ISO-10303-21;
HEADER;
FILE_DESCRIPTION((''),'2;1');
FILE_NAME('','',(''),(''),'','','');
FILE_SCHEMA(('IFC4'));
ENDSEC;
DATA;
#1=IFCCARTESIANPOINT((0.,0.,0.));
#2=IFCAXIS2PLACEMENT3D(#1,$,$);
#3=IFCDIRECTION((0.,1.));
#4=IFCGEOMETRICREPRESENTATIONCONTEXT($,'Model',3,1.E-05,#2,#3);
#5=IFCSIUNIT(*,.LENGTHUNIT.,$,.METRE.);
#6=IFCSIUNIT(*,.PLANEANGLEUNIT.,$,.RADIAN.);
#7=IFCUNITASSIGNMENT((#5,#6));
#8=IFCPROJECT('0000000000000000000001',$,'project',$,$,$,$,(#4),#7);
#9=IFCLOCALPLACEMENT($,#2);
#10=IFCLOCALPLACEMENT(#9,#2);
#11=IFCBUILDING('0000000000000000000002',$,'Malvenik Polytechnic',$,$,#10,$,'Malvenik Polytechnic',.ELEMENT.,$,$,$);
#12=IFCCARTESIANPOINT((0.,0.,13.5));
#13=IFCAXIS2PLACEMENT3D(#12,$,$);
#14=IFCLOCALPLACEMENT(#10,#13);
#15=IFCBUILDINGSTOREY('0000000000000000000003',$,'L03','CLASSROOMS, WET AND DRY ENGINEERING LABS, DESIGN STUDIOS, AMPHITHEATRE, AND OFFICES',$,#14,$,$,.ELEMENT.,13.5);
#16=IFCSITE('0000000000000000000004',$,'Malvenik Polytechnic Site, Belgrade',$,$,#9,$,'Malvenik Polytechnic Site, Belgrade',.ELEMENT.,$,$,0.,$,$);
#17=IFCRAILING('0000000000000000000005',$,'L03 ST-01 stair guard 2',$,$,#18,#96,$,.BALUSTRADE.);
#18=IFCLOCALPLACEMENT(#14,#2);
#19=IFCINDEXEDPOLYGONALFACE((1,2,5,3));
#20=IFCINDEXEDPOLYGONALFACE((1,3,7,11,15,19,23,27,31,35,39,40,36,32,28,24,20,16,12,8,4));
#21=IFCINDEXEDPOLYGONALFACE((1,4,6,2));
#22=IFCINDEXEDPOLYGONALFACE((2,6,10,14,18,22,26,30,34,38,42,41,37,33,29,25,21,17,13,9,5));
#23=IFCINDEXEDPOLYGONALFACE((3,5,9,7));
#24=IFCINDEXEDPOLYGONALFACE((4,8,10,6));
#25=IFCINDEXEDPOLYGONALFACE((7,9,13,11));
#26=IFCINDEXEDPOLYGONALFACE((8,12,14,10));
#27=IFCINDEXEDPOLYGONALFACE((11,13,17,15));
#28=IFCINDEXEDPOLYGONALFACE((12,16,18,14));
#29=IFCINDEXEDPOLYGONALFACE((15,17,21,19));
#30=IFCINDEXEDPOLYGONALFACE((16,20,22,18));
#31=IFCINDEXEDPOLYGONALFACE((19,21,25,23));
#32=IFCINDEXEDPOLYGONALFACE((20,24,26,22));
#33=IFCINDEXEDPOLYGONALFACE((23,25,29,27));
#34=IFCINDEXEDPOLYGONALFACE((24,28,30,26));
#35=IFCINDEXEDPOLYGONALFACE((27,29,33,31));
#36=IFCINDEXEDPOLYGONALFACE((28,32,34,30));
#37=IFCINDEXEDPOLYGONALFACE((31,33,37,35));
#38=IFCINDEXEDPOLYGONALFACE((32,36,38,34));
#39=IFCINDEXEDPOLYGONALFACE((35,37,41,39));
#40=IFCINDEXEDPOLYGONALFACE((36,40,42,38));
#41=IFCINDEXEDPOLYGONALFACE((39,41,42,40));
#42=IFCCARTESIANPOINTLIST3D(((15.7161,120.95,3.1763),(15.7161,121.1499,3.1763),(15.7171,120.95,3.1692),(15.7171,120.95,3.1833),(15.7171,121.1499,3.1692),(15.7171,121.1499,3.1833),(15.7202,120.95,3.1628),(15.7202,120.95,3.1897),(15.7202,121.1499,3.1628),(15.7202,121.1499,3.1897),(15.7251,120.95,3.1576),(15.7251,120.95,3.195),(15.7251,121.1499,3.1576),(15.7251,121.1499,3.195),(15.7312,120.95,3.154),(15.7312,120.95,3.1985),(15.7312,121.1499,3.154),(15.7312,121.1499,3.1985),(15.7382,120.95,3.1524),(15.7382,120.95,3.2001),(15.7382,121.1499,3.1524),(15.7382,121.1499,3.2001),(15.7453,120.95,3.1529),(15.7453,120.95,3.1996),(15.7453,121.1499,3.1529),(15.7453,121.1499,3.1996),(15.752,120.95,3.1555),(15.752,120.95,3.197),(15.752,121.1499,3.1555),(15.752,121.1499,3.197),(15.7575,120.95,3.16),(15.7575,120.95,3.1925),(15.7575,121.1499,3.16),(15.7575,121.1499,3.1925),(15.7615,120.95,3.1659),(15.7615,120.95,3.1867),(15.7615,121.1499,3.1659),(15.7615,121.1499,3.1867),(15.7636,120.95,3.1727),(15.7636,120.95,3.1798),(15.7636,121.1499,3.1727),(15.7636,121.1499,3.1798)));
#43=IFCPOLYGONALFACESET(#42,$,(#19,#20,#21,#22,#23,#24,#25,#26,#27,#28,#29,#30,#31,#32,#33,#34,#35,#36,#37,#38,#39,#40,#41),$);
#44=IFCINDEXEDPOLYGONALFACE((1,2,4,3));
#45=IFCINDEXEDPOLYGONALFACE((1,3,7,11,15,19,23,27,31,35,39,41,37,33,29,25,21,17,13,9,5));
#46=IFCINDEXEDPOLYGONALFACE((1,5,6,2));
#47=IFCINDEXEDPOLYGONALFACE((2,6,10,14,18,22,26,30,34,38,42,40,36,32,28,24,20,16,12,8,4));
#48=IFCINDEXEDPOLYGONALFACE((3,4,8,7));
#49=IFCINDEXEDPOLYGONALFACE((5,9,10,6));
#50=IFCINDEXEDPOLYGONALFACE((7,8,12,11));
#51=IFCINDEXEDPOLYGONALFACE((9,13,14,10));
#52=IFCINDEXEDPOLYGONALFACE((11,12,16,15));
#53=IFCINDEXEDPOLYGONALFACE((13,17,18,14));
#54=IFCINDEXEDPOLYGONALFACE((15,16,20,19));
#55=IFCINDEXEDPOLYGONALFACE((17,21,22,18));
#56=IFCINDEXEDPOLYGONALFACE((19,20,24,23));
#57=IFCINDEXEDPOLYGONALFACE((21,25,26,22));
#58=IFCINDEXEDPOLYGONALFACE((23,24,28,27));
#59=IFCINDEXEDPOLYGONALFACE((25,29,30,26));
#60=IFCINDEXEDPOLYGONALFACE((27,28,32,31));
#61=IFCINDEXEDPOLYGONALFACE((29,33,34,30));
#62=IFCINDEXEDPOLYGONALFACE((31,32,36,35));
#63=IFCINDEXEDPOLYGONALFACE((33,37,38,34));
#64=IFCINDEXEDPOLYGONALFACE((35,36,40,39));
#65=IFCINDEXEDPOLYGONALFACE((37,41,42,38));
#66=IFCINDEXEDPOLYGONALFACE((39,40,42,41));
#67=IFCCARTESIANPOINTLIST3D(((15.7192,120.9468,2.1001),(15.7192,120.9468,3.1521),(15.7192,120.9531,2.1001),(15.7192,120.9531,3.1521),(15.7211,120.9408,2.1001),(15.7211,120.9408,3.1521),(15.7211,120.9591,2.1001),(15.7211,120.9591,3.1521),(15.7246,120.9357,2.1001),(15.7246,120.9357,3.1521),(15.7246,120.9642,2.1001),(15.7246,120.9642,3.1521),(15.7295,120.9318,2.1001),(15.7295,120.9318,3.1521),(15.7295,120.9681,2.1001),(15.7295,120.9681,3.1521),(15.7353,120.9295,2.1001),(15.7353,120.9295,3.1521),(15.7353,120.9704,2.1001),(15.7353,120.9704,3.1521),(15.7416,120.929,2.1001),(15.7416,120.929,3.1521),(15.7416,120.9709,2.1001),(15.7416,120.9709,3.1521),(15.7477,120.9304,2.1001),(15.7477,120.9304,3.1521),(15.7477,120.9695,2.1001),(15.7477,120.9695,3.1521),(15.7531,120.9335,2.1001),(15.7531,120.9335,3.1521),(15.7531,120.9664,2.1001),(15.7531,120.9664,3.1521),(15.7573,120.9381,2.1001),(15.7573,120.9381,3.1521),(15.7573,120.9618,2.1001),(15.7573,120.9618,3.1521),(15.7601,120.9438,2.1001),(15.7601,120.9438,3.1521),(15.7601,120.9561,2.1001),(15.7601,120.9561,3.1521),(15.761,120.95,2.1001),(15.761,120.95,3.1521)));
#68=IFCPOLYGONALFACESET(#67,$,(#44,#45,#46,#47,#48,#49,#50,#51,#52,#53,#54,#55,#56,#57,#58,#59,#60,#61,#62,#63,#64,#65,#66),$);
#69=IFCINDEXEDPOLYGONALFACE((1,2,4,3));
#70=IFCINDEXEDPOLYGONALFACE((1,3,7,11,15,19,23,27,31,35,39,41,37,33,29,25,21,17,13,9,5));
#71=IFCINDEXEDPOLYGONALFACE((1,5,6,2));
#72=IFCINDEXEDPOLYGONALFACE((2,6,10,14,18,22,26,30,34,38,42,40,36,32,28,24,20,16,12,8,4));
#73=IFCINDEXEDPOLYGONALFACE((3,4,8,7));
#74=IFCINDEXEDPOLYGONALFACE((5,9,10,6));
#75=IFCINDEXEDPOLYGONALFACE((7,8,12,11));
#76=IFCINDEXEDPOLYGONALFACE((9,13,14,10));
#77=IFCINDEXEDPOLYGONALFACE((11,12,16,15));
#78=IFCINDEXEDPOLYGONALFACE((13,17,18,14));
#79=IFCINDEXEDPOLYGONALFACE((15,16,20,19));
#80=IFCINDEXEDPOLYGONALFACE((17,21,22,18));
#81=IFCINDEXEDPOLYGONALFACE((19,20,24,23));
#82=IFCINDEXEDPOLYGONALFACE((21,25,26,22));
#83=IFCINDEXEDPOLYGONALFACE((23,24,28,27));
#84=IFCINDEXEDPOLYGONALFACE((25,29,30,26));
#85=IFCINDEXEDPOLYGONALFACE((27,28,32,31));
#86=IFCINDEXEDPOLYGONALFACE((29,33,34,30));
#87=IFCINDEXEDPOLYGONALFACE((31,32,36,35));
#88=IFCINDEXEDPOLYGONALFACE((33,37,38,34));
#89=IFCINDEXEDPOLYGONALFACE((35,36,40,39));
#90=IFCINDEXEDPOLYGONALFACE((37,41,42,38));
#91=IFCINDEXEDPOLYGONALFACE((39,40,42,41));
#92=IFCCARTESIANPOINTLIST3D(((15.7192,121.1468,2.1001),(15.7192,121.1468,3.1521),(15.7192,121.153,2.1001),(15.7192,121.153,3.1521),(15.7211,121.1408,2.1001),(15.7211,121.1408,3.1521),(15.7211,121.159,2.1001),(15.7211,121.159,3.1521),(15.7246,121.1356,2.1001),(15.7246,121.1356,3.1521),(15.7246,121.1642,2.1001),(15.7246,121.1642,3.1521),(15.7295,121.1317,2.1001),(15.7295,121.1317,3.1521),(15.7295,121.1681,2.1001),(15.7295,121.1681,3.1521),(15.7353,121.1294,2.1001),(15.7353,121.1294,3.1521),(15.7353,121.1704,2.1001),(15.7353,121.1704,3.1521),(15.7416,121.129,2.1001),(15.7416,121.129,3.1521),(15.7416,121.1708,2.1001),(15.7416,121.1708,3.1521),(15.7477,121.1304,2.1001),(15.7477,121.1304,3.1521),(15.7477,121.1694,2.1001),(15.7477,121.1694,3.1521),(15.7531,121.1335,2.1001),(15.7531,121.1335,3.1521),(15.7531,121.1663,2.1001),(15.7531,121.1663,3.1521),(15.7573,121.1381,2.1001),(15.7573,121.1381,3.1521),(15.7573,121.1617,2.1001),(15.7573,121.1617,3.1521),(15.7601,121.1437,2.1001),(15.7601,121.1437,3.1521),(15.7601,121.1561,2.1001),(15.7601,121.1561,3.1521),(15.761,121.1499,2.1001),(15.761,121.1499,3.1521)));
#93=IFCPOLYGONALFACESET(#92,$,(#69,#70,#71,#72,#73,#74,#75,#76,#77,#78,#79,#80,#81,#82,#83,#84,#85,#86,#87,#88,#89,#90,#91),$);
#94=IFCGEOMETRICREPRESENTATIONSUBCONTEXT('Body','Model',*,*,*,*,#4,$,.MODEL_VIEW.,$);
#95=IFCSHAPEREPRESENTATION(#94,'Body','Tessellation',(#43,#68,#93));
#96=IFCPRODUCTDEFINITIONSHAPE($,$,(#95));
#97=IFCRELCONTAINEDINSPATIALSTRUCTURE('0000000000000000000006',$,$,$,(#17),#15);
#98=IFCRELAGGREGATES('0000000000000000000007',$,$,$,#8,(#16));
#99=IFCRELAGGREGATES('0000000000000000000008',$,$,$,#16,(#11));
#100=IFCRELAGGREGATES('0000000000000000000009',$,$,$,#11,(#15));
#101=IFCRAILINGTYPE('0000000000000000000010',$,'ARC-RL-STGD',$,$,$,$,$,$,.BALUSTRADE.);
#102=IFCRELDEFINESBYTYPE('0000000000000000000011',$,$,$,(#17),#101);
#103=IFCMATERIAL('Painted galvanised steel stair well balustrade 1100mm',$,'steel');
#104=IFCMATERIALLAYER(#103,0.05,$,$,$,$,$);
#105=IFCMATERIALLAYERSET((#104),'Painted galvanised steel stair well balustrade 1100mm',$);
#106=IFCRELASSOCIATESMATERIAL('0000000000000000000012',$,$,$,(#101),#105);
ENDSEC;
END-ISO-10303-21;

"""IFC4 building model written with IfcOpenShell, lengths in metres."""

from ifc_helpers import new_model, si_unit, direction, frame, origin, origin_2d, place, context, subcontext, project, spatial, circle, extrude, material, layer, layer_set, type_object, element, save


model = new_model("IFC4")

# Units and contexts
model_context = context("Model", 3, precision=1e-05, world=origin(), true_north=direction((0.0, 1.0)))
body_context = subcontext(model_context, "Body", "Model", "MODEL_VIEW")
ifc_project = project(units=[si_unit("LENGTHUNIT", "METRE"), si_unit("PLANEANGLEUNIT", "RADIAN")], contexts=[model_context])

# Site, building, storey
site_placement = place(None, origin())
site = spatial("IfcSite", under=ifc_project, at=site_placement, Name="Malvenik Polytechnic Site, Belgrade", LongName="Malvenik Polytechnic Site, Belgrade", CompositionType="ELEMENT", RefElevation=0.0)
building_placement = place(site_placement, origin())
building = spatial("IfcBuilding", under=site, at=building_placement, Name="Malvenik Polytechnic", LongName="Malvenik Polytechnic", CompositionType="ELEMENT")
storey_placement = place(building_placement, frame((0.0, 0.0, 13.5)))
storey = spatial("IfcBuildingStorey", under=building, at=storey_placement, Name="L03", Description="CLASSROOMS, WET AND DRY ENGINEERING LABS, DESIGN STUDIOS, AMPHITHEATRE, AND OFFICES", CompositionType="ELEMENT", Elevation=13.5)

# Railing
ifc_material_1 = material(Name="Painted galvanised steel stair well balustrade 1100mm", Category="steel")
ifc_layer_1 = layer(ifc_material_1, 0.05)
ifc_layer_set_1 = layer_set([ifc_layer_1], Name="Painted galvanised steel stair well balustrade 1100mm")
railing_type_1 = type_object("IfcRailingType", Name="ARC-RL-STGD", PredefinedType="BALUSTRADE", material=ifc_layer_set_1)
railing_1_placement = place(storey_placement, frame((15.74, 120.95, 2.1001)))
element("IfcRailing", 1, at=railing_1_placement, inside=storey, type_object=railing_type_1, Name="L03 ST-01 stair guard 2", PredefinedType="BALUSTRADE", context=body_context, shape_type="SweptSolid", body=[
    extrude(circle(Radius=0.0239, at=origin_2d()), frame((0.0, 0.0, 1.0762), z_axis=(0.0, 1.0, 0.0), x_axis=(-1.0, 0.0, 0.0)), (0.0, 0.0, 1.0), 0.2),
    extrude(circle(Radius=0.021, at=origin_2d()), origin(), (0.0, 0.0, 1.0), 1.052),
    extrude(circle(Radius=0.021, at=origin_2d()), frame((0.0, 0.2, 0.0)), (0.0, 0.0, 1.0), 1.052),
])

save(model, "model.ifc")
